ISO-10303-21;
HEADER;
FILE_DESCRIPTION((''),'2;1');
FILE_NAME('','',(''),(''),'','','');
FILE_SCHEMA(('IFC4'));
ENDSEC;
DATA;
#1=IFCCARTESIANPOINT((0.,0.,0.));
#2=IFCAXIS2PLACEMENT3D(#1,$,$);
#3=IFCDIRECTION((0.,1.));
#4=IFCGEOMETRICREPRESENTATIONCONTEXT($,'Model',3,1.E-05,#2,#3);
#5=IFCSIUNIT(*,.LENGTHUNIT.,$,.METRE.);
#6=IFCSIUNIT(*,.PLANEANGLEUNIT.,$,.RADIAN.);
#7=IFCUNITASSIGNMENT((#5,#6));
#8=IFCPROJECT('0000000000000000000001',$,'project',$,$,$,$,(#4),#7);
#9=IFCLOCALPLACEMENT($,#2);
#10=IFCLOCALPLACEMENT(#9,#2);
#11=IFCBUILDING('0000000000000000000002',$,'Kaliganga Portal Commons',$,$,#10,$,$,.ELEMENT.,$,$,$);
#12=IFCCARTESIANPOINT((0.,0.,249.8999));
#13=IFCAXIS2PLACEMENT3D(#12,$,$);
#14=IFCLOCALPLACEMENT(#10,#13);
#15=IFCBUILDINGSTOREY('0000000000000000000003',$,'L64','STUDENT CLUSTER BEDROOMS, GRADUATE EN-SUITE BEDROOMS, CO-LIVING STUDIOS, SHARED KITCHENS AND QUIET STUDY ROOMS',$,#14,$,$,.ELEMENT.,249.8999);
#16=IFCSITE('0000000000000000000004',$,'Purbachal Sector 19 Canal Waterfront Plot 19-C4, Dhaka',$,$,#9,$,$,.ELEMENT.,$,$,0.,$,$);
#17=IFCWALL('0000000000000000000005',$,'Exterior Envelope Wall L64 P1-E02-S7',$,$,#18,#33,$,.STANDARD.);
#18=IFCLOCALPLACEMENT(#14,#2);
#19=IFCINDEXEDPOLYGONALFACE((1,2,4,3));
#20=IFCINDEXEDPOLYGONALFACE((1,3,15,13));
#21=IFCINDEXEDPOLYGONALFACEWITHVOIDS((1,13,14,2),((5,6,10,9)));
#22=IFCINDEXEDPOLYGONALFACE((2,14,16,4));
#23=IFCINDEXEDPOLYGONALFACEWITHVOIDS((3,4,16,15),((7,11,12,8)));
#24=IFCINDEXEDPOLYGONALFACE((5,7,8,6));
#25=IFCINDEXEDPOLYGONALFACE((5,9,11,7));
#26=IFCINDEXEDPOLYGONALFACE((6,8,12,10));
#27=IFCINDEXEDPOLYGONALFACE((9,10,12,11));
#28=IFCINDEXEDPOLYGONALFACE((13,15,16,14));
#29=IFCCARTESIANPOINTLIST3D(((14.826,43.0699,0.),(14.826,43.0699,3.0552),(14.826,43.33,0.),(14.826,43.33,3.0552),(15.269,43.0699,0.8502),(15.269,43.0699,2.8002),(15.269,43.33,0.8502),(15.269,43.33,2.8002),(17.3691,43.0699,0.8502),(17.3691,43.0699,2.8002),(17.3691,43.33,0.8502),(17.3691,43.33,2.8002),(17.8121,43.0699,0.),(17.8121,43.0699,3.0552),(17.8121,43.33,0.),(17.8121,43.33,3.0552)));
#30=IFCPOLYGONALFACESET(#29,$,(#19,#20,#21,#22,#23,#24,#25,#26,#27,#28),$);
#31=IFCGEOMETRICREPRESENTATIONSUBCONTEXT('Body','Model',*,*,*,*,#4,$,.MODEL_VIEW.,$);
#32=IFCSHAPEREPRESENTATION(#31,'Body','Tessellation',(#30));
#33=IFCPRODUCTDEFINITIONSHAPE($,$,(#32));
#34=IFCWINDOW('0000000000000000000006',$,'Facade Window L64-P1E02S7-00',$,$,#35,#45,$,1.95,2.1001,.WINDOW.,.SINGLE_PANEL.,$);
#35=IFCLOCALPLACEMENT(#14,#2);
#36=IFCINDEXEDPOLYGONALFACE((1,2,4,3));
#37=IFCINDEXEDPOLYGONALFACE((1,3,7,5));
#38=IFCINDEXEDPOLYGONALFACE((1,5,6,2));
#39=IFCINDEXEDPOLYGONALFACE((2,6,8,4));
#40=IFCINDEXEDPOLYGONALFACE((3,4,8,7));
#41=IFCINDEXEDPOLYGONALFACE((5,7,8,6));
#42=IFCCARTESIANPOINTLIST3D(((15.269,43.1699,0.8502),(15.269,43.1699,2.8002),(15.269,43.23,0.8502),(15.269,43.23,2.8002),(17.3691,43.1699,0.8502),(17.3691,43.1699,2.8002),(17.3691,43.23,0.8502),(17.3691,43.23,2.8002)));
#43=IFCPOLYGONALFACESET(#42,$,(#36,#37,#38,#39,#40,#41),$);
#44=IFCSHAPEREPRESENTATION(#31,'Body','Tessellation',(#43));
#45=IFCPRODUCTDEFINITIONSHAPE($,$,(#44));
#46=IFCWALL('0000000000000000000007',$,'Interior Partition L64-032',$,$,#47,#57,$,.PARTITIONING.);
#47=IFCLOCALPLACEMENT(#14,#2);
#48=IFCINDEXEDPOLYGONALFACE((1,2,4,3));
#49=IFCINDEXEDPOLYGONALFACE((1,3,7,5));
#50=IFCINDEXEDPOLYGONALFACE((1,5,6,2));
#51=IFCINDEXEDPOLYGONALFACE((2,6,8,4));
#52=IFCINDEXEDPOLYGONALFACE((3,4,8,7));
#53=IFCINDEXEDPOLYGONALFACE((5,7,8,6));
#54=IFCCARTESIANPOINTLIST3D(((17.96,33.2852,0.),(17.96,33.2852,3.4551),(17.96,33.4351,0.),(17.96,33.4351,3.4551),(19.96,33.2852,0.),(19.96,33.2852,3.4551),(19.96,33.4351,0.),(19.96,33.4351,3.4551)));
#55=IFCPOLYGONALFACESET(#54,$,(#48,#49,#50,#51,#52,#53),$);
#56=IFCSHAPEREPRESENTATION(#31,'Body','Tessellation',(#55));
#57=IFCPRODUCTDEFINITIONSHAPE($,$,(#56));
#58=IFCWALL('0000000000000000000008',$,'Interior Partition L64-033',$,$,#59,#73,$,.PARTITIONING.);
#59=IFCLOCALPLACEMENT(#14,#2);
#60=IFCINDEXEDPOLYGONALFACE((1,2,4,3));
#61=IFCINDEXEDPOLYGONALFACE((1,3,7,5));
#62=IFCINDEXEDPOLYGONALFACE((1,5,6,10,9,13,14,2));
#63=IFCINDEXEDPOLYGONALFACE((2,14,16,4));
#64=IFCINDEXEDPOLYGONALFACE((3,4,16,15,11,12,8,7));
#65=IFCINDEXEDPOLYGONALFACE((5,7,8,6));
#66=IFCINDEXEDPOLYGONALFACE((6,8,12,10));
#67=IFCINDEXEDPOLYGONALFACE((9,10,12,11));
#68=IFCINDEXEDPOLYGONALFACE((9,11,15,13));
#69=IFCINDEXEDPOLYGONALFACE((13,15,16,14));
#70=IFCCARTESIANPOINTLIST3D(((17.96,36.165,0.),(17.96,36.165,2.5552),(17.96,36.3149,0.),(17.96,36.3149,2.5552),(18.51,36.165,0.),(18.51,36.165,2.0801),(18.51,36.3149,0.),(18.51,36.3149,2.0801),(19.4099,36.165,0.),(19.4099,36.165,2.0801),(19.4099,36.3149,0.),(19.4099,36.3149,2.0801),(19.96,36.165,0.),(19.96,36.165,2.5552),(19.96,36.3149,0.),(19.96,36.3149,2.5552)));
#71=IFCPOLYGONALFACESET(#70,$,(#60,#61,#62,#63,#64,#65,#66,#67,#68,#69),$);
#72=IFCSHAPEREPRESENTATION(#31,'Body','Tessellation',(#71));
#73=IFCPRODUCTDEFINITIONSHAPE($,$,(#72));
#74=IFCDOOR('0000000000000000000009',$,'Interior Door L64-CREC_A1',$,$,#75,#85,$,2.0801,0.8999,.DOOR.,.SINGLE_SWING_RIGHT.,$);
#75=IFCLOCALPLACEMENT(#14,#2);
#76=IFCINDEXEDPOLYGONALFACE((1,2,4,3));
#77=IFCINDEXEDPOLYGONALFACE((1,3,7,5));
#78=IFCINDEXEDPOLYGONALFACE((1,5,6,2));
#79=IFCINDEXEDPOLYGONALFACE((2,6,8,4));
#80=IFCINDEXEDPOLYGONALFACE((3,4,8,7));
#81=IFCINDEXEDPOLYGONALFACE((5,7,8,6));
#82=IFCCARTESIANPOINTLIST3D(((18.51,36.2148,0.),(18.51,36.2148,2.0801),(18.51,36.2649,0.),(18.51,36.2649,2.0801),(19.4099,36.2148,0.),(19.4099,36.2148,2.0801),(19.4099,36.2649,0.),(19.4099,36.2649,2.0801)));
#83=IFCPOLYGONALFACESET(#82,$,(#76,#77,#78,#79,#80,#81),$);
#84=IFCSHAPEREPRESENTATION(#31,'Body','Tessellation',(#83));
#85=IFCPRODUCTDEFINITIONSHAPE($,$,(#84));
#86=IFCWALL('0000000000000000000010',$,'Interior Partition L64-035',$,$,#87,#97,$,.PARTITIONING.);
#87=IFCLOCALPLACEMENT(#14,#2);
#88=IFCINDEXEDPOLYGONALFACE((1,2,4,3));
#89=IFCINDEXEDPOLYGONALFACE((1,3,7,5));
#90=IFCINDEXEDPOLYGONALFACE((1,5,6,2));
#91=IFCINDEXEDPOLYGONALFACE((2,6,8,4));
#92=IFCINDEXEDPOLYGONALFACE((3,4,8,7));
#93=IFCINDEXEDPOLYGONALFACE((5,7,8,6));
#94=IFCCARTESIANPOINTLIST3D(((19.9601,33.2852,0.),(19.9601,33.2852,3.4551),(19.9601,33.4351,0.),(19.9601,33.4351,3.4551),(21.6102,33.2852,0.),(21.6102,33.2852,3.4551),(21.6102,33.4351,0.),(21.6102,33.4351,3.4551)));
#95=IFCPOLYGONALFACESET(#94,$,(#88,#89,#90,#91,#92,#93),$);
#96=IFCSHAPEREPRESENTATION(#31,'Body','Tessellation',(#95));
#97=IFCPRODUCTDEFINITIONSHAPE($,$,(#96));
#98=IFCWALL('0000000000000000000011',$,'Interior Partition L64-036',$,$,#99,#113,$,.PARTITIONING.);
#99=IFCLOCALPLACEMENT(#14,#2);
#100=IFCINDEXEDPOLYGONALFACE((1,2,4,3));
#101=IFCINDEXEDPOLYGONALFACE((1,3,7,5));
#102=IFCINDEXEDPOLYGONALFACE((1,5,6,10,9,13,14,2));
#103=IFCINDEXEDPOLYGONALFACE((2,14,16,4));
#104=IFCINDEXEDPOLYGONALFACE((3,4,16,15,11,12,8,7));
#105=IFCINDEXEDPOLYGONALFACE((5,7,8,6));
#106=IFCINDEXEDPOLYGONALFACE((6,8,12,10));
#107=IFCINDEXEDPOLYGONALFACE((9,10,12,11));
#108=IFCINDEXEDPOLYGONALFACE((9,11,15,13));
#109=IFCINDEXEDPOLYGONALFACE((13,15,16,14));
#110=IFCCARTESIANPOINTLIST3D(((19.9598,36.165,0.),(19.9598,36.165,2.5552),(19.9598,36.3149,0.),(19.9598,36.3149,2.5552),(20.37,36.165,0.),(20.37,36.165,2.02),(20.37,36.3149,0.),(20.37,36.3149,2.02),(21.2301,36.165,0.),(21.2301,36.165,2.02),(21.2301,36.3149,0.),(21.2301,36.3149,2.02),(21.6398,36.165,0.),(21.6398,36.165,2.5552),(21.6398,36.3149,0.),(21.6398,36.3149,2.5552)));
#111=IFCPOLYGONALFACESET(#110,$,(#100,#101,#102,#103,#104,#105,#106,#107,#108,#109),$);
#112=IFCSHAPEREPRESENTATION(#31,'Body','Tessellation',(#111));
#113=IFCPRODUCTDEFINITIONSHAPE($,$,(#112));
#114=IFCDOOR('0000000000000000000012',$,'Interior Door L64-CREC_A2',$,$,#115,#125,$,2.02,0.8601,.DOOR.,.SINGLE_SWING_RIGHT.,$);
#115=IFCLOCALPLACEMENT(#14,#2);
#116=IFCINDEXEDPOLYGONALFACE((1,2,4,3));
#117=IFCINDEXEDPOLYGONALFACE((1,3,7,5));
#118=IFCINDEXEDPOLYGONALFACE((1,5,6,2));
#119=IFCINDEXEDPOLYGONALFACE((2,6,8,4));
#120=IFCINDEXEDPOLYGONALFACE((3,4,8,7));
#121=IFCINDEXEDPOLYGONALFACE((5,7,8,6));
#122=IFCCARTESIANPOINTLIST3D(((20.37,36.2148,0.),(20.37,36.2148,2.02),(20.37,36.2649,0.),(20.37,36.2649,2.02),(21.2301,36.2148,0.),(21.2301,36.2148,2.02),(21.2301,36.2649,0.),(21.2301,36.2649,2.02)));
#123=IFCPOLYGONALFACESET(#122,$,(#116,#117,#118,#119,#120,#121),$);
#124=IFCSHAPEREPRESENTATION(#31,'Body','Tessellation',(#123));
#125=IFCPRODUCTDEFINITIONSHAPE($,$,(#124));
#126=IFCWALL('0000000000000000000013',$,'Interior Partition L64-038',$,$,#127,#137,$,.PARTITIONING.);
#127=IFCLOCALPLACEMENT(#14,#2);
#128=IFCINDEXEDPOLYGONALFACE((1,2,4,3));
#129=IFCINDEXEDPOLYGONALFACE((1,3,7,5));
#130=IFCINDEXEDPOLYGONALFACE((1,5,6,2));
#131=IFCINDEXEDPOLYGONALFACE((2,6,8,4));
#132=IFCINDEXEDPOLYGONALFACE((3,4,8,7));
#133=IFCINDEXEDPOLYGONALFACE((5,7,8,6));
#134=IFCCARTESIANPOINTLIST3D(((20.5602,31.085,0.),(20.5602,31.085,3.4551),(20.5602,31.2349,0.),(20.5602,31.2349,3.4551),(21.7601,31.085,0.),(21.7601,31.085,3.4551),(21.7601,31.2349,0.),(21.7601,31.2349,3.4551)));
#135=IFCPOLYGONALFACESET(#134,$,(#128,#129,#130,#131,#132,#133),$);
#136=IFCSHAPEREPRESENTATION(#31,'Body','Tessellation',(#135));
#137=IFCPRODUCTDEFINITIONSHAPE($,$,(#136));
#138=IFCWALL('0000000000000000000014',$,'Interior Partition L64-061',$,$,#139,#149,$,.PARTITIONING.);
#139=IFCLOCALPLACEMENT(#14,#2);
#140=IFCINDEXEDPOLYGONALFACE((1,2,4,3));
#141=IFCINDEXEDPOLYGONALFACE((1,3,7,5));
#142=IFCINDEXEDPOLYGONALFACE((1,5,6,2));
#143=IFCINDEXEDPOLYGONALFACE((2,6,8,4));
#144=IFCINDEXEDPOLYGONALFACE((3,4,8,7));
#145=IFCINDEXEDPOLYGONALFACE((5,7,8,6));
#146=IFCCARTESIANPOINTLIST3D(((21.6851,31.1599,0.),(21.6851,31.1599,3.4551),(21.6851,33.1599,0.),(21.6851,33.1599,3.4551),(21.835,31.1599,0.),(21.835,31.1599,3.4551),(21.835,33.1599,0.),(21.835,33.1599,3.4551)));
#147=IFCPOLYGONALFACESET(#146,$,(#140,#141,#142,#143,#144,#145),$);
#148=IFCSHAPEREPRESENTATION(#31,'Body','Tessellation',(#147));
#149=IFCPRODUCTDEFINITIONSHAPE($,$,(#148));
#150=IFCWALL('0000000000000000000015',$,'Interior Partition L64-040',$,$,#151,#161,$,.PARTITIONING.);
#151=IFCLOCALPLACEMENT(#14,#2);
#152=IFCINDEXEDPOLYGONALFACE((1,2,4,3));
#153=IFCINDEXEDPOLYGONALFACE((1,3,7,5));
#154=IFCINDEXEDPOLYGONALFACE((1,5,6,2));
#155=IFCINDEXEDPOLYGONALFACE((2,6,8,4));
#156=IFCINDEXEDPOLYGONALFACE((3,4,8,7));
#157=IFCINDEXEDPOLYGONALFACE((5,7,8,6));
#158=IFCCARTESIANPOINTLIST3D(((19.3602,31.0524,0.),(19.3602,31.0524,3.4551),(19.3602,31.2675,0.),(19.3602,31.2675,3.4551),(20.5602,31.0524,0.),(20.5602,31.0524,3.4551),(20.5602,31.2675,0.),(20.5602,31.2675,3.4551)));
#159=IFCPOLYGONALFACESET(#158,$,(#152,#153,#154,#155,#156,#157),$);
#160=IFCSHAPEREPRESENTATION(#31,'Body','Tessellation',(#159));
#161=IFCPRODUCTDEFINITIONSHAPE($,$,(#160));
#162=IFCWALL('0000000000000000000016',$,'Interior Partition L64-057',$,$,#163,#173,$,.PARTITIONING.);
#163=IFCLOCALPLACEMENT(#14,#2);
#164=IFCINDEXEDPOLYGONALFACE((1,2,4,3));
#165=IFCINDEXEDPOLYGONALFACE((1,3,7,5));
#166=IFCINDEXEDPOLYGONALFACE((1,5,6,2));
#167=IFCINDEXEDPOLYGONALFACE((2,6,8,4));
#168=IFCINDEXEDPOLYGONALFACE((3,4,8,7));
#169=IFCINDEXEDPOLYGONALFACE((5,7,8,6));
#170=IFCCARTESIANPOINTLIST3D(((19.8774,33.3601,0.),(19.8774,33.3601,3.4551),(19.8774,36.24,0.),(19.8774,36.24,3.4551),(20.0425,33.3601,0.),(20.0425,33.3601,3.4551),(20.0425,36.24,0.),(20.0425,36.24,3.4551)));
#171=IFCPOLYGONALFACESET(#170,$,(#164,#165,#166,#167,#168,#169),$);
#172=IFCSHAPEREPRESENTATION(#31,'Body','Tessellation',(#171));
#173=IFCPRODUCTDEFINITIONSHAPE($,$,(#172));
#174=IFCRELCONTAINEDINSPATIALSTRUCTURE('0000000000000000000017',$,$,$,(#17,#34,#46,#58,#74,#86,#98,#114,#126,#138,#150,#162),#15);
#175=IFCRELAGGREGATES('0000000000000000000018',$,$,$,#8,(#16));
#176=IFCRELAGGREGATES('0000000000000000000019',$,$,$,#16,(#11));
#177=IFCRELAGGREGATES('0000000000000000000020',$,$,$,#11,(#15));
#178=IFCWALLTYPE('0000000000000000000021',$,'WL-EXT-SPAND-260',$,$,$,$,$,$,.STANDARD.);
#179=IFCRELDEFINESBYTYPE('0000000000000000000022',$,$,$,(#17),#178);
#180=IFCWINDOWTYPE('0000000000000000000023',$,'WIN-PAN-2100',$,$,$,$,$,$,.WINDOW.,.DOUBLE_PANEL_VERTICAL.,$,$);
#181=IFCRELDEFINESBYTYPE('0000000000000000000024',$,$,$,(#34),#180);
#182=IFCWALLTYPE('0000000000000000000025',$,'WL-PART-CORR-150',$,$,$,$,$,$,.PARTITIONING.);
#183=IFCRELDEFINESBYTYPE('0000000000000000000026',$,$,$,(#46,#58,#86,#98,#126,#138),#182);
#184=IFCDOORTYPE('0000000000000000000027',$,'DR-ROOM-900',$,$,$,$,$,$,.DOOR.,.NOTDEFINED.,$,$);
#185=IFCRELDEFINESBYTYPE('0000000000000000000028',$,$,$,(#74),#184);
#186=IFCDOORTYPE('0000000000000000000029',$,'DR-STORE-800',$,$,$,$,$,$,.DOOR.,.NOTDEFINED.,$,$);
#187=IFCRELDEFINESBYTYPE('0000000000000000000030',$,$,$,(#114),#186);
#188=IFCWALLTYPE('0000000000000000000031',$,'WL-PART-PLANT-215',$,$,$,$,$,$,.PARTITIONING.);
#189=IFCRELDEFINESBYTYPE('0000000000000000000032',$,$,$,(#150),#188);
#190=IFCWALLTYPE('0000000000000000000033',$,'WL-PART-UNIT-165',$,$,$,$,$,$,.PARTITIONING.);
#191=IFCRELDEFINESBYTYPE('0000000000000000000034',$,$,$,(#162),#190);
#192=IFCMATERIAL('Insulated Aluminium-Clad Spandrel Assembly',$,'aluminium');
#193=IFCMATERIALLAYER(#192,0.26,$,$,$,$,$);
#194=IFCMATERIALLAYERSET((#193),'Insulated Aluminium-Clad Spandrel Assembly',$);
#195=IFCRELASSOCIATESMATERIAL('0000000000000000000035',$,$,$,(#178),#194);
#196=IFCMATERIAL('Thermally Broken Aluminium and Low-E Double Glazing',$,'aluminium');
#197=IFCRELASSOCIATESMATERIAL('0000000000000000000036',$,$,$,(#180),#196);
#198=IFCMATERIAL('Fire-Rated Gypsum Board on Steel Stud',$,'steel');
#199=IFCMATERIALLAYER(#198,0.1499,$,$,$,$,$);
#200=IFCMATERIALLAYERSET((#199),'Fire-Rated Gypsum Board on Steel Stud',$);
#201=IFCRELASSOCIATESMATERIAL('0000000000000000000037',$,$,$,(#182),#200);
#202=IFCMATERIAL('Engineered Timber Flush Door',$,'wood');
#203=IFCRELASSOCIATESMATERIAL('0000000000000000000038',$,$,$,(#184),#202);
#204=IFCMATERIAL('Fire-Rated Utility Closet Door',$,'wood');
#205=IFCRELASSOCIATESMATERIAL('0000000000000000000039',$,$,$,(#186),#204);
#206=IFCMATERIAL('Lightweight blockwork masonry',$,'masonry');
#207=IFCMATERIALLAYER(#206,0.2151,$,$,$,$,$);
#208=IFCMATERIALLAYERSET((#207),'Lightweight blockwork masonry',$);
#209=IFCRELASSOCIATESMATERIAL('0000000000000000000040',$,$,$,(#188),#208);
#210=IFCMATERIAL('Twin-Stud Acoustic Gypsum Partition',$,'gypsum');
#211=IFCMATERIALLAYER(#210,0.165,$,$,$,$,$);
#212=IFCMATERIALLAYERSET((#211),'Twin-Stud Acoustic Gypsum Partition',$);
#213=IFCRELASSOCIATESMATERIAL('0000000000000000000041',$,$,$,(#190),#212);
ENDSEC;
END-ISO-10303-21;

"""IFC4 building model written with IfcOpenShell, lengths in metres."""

from ifc_helpers import new_model, si_unit, direction, frame, frame_2d, origin, place, context, subcontext, project, spatial, rectangle, extrude, material, layer, layer_set, type_object, element, fill, save


model = new_model("IFC4")

# Units and contexts
model_context = context("Model", 3, precision=1e-05, world=origin(), true_north=direction((0.0, 1.0)))
body_context = subcontext(model_context, "Body", "Model", "MODEL_VIEW")
ifc_project = project(units=[si_unit("LENGTHUNIT", "METRE"), si_unit("PLANEANGLEUNIT", "RADIAN")], contexts=[model_context])

# Site, building, storey
site_placement = place(None, origin())
site = spatial("IfcSite", under=ifc_project, at=site_placement, Name="Purbachal Sector 19 Canal Waterfront Plot 19-C4, Dhaka", CompositionType="ELEMENT", RefElevation=0.0)
building_placement = place(site_placement, origin())
building = spatial("IfcBuilding", under=site, at=building_placement, Name="Kaliganga Portal Commons", CompositionType="ELEMENT")
storey_placement = place(building_placement, frame((0.0, 0.0, 249.8999)))
storey = spatial("IfcBuildingStorey", under=building, at=storey_placement, Name="L64", Description="STUDENT CLUSTER BEDROOMS, GRADUATE EN-SUITE BEDROOMS, CO-LIVING STUDIOS, SHARED KITCHENS AND QUIET STUDY ROOMS", CompositionType="ELEMENT", Elevation=249.8999)

# Wall, opening, window
ifc_material_1 = material(Name="Insulated Aluminium-Clad Spandrel Assembly", Category="aluminium")
ifc_layer_1 = layer(ifc_material_1, 0.26)
ifc_layer_set_1 = layer_set([ifc_layer_1], Name="Insulated Aluminium-Clad Spandrel Assembly")
wall_type_1 = type_object("IfcWallType", Name="WL-EXT-SPAND-260", PredefinedType="STANDARD", material=ifc_layer_set_1)
ifc_material_2 = material(Name="Thermally Broken Aluminium and Low-E Double Glazing", Category="aluminium")
window_type_1 = type_object("IfcWindowType", Name="WIN-PAN-2100", PartitioningType="DOUBLE_PANEL_VERTICAL", PredefinedType="WINDOW", material=ifc_material_2)
wall_1_placement = place(storey_placement, frame((14.8259, 43.2, 0.0), z_axis=(0.0, 0.0, 1.0), x_axis=(1.0, 0.0, 0.0)))
wall_1 = element("IfcWall", 1, at=wall_1_placement, inside=storey, type_object=wall_type_1, Name="Exterior Envelope Wall L64 P1-E02-S7", PredefinedType="STANDARD", context=body_context, shape_type="SweptSolid", body=[
    extrude(rectangle(XDim=2.9861, YDim=0.26, at=frame_2d((1.4932, 0.0))), origin(), (0.0, 0.0, 1.0), 3.0552),
])
opening_1_placement = place(wall_1_placement, frame((0.4431, 0.0, 0.8501)))
opening_1 = element("IfcOpeningElement", 2, at=opening_1_placement, cuts=wall_1, PredefinedType="OPENING", context=body_context, shape_type="SweptSolid", body=[
    extrude(rectangle(XDim=2.1001, YDim=1.95, at=frame_2d((1.05, 0.9751))), frame((0.0, 0.1401, 0.0), z_axis=(0.0, -1.0, 0.0), x_axis=(1.0, 0.0, 0.0)), (0.0, 0.0, 1.0), 0.28),
])
window_1_placement = place(opening_1_placement, origin())
window_1 = element("IfcWindow", 3, at=window_1_placement, inside=storey, type_object=window_type_1, Name="Facade Window L64-P1E02S7-00", OverallHeight=1.95, OverallWidth=2.1001, PartitioningType="SINGLE_PANEL", PredefinedType="WINDOW", context=body_context, shape_type="SweptSolid", body=[
    extrude(rectangle(XDim=2.1001, YDim=1.95, at=frame_2d((1.05, 0.9751))), frame((0.0, 0.03, 0.0), z_axis=(0.0, -1.0, 0.0), x_axis=(1.0, 0.0, 0.0)), (0.0, 0.0, 1.0), 0.0601),
])
fill(opening_1, window_1)

# Wall
ifc_material_3 = material(Name="Fire-Rated Gypsum Board on Steel Stud", Category="steel")
ifc_layer_2 = layer(ifc_material_3, 0.1499)
ifc_layer_set_2 = layer_set([ifc_layer_2], Name="Fire-Rated Gypsum Board on Steel Stud")
wall_type_2 = type_object("IfcWallType", Name="WL-PART-CORR-150", PredefinedType="PARTITIONING", material=ifc_layer_set_2)
wall_2_placement = place(storey_placement, frame((17.96, 33.3601, 0.0), z_axis=(0.0, 0.0, 1.0), x_axis=(1.0, 0.0, 0.0)))
element("IfcWall", 4, at=wall_2_placement, inside=storey, type_object=wall_type_2, Name="Interior Partition L64-032", PredefinedType="PARTITIONING", context=body_context, shape_type="SweptSolid", body=[
    extrude(rectangle(XDim=2.0, YDim=0.1499, at=frame_2d((1.0, 0.0))), origin(), (0.0, 0.0, 1.0), 3.4551),
])

# Wall, opening, door
wall_3_placement = place(storey_placement, frame((17.96, 36.24, 0.0), z_axis=(0.0, 0.0, 1.0), x_axis=(1.0, 0.0, 0.0)))
wall_3 = element("IfcWall", 5, at=wall_3_placement, inside=storey, type_object=wall_type_2, Name="Interior Partition L64-033", PredefinedType="PARTITIONING", context=body_context, shape_type="SweptSolid", body=[
    extrude(rectangle(XDim=2.0, YDim=0.1499, at=frame_2d((1.0, 0.0))), origin(), (0.0, 0.0, 1.0), 2.5552),
])
opening_2_placement = place(wall_3_placement, frame((0.55, 0.0, 0.0)))
opening_2 = element("IfcOpeningElement", 6, at=opening_2_placement, cuts=wall_3, PredefinedType="OPENING", context=body_context, shape_type="SweptSolid", body=[
    extrude(rectangle(XDim=0.8999, YDim=2.0801, at=frame_2d((0.45, 1.04))), frame((0.0, 0.085, 0.0), z_axis=(0.0, -1.0, 0.0), x_axis=(1.0, 0.0, 0.0)), (0.0, 0.0, 1.0), 0.1699),
])
ifc_material_4 = material(Name="Engineered Timber Flush Door", Category="wood")
door_type_1 = type_object("IfcDoorType", Name="DR-ROOM-900", OperationType="NOTDEFINED", PredefinedType="DOOR", material=ifc_material_4)
door_1_placement = place(opening_2_placement, origin())
door_1 = element("IfcDoor", 7, at=door_1_placement, inside=storey, type_object=door_type_1, Name="Interior Door L64-CREC_A1", OperationType="SINGLE_SWING_RIGHT", OverallHeight=2.0801, OverallWidth=0.8999, PredefinedType="DOOR", context=body_context, shape_type="SweptSolid", body=[
    extrude(rectangle(XDim=0.8999, YDim=2.0801, at=frame_2d((0.45, 1.04))), frame((0.0, 0.0249, 0.0), z_axis=(0.0, -1.0, 0.0), x_axis=(1.0, 0.0, 0.0)), (0.0, 0.0, 1.0), 0.05),
])
fill(opening_2, door_1)

# Wall
wall_4_placement = place(storey_placement, frame((19.96, 33.3601, 0.0), z_axis=(0.0, 0.0, 1.0), x_axis=(1.0, 0.0, 0.0)))
element("IfcWall", 8, at=wall_4_placement, inside=storey, type_object=wall_type_2, Name="Interior Partition L64-035", PredefinedType="PARTITIONING", context=body_context, shape_type="SweptSolid", body=[
    extrude(rectangle(XDim=1.6501, YDim=0.1499, at=frame_2d((0.8252, 0.0))), origin(), (0.0, 0.0, 1.0), 3.4551),
])

# Wall, opening, door
wall_5_placement = place(storey_placement, frame((19.96, 36.24, 0.0), z_axis=(0.0, 0.0, 1.0), x_axis=(1.0, 0.0, 0.0)))
wall_5 = element("IfcWall", 9, at=wall_5_placement, inside=storey, type_object=wall_type_2, Name="Interior Partition L64-036", PredefinedType="PARTITIONING", context=body_context, shape_type="SweptSolid", body=[
    extrude(rectangle(XDim=1.6799, YDim=0.1499, at=frame_2d((0.8398, 0.0))), origin(), (0.0, 0.0, 1.0), 2.5552),
])
opening_3_placement = place(wall_5_placement, frame((0.4099, 0.0, 0.0)))
opening_3 = element("IfcOpeningElement", 10, at=opening_3_placement, cuts=wall_5, PredefinedType="OPENING", context=body_context, shape_type="SweptSolid", body=[
    extrude(rectangle(XDim=0.8601, YDim=2.02, at=frame_2d((0.4302, 1.01))), frame((0.0, 0.085, 0.0), z_axis=(0.0, -1.0, 0.0), x_axis=(1.0, 0.0, 0.0)), (0.0, 0.0, 1.0), 0.1699),
])
ifc_material_5 = material(Name="Fire-Rated Utility Closet Door", Category="wood")
door_type_2 = type_object("IfcDoorType", Name="DR-STORE-800", OperationType="NOTDEFINED", PredefinedType="DOOR", material=ifc_material_5)
door_2_placement = place(opening_3_placement, origin())
door_2 = element("IfcDoor", 11, at=door_2_placement, inside=storey, type_object=door_type_2, Name="Interior Door L64-CREC_A2", OperationType="SINGLE_SWING_RIGHT", OverallHeight=2.02, OverallWidth=0.8601, PredefinedType="DOOR", context=body_context, shape_type="SweptSolid", body=[
    extrude(rectangle(XDim=0.8601, YDim=2.02, at=frame_2d((0.4302, 1.01))), frame((0.0, 0.0249, 0.0), z_axis=(0.0, -1.0, 0.0), x_axis=(1.0, 0.0, 0.0)), (0.0, 0.0, 1.0), 0.05),
])
fill(opening_3, door_2)

# Walls
wall_6_placement = place(storey_placement, frame((20.5601, 31.1599, 0.0), z_axis=(0.0, 0.0, 1.0), x_axis=(1.0, 0.0, 0.0)))
element("IfcWall", 12, at=wall_6_placement, inside=storey, type_object=wall_type_2, Name="Interior Partition L64-038", PredefinedType="PARTITIONING", context=body_context, shape_type="SweptSolid", body=[
    extrude(rectangle(XDim=1.2, YDim=0.1499, at=frame_2d((0.6001, 0.0))), origin(), (0.0, 0.0, 1.0), 3.4551),
])
wall_7_placement = place(storey_placement, frame((21.76, 31.1599, 0.0), z_axis=(0.0, 0.0, 1.0), x_axis=(0.0, 1.0, 0.0)))
element("IfcWall", 13, at=wall_7_placement, inside=storey, type_object=wall_type_2, Name="Interior Partition L64-061", PredefinedType="PARTITIONING", context=body_context, shape_type="SweptSolid", body=[
    extrude(rectangle(XDim=2.0, YDim=0.1499, at=frame_2d((1.0, 0.0))), origin(), (0.0, 0.0, 1.0), 3.4551),
])
ifc_material_6 = material(Name="Lightweight blockwork masonry", Category="masonry")
ifc_layer_3 = layer(ifc_material_6, 0.2151)
ifc_layer_set_3 = layer_set([ifc_layer_3], Name="Lightweight blockwork masonry")
wall_type_3 = type_object("IfcWallType", Name="WL-PART-PLANT-215", PredefinedType="PARTITIONING", material=ifc_layer_set_3)
wall_8_placement = place(storey_placement, frame((19.3601, 31.1599, 0.0), z_axis=(0.0, 0.0, 1.0), x_axis=(1.0, 0.0, 0.0)))
element("IfcWall", 14, at=wall_8_placement, inside=storey, type_object=wall_type_3, Name="Interior Partition L64-040", PredefinedType="PARTITIONING", context=body_context, shape_type="SweptSolid", body=[
    extrude(rectangle(XDim=1.2, YDim=0.2151, at=frame_2d((0.6001, 0.0))), origin(), (0.0, 0.0, 1.0), 3.4551),
])
ifc_material_7 = material(Name="Twin-Stud Acoustic Gypsum Partition", Category="gypsum")
ifc_layer_4 = layer(ifc_material_7, 0.165)
ifc_layer_set_4 = layer_set([ifc_layer_4], Name="Twin-Stud Acoustic Gypsum Partition")
wall_type_4 = type_object("IfcWallType", Name="WL-PART-UNIT-165", PredefinedType="PARTITIONING", material=ifc_layer_set_4)
wall_9_placement = place(storey_placement, frame((19.96, 33.3601, 0.0), z_axis=(0.0, 0.0, 1.0), x_axis=(0.0, 1.0, 0.0)))
element("IfcWall", 15, at=wall_9_placement, inside=storey, type_object=wall_type_4, Name="Interior Partition L64-057", PredefinedType="PARTITIONING", context=body_context, shape_type="SweptSolid", body=[
    extrude(rectangle(XDim=2.8799, YDim=0.165, at=frame_2d((1.4399, 0.0))), origin(), (0.0, 0.0, 1.0), 3.4551),
])

save(model, "model.ifc")
